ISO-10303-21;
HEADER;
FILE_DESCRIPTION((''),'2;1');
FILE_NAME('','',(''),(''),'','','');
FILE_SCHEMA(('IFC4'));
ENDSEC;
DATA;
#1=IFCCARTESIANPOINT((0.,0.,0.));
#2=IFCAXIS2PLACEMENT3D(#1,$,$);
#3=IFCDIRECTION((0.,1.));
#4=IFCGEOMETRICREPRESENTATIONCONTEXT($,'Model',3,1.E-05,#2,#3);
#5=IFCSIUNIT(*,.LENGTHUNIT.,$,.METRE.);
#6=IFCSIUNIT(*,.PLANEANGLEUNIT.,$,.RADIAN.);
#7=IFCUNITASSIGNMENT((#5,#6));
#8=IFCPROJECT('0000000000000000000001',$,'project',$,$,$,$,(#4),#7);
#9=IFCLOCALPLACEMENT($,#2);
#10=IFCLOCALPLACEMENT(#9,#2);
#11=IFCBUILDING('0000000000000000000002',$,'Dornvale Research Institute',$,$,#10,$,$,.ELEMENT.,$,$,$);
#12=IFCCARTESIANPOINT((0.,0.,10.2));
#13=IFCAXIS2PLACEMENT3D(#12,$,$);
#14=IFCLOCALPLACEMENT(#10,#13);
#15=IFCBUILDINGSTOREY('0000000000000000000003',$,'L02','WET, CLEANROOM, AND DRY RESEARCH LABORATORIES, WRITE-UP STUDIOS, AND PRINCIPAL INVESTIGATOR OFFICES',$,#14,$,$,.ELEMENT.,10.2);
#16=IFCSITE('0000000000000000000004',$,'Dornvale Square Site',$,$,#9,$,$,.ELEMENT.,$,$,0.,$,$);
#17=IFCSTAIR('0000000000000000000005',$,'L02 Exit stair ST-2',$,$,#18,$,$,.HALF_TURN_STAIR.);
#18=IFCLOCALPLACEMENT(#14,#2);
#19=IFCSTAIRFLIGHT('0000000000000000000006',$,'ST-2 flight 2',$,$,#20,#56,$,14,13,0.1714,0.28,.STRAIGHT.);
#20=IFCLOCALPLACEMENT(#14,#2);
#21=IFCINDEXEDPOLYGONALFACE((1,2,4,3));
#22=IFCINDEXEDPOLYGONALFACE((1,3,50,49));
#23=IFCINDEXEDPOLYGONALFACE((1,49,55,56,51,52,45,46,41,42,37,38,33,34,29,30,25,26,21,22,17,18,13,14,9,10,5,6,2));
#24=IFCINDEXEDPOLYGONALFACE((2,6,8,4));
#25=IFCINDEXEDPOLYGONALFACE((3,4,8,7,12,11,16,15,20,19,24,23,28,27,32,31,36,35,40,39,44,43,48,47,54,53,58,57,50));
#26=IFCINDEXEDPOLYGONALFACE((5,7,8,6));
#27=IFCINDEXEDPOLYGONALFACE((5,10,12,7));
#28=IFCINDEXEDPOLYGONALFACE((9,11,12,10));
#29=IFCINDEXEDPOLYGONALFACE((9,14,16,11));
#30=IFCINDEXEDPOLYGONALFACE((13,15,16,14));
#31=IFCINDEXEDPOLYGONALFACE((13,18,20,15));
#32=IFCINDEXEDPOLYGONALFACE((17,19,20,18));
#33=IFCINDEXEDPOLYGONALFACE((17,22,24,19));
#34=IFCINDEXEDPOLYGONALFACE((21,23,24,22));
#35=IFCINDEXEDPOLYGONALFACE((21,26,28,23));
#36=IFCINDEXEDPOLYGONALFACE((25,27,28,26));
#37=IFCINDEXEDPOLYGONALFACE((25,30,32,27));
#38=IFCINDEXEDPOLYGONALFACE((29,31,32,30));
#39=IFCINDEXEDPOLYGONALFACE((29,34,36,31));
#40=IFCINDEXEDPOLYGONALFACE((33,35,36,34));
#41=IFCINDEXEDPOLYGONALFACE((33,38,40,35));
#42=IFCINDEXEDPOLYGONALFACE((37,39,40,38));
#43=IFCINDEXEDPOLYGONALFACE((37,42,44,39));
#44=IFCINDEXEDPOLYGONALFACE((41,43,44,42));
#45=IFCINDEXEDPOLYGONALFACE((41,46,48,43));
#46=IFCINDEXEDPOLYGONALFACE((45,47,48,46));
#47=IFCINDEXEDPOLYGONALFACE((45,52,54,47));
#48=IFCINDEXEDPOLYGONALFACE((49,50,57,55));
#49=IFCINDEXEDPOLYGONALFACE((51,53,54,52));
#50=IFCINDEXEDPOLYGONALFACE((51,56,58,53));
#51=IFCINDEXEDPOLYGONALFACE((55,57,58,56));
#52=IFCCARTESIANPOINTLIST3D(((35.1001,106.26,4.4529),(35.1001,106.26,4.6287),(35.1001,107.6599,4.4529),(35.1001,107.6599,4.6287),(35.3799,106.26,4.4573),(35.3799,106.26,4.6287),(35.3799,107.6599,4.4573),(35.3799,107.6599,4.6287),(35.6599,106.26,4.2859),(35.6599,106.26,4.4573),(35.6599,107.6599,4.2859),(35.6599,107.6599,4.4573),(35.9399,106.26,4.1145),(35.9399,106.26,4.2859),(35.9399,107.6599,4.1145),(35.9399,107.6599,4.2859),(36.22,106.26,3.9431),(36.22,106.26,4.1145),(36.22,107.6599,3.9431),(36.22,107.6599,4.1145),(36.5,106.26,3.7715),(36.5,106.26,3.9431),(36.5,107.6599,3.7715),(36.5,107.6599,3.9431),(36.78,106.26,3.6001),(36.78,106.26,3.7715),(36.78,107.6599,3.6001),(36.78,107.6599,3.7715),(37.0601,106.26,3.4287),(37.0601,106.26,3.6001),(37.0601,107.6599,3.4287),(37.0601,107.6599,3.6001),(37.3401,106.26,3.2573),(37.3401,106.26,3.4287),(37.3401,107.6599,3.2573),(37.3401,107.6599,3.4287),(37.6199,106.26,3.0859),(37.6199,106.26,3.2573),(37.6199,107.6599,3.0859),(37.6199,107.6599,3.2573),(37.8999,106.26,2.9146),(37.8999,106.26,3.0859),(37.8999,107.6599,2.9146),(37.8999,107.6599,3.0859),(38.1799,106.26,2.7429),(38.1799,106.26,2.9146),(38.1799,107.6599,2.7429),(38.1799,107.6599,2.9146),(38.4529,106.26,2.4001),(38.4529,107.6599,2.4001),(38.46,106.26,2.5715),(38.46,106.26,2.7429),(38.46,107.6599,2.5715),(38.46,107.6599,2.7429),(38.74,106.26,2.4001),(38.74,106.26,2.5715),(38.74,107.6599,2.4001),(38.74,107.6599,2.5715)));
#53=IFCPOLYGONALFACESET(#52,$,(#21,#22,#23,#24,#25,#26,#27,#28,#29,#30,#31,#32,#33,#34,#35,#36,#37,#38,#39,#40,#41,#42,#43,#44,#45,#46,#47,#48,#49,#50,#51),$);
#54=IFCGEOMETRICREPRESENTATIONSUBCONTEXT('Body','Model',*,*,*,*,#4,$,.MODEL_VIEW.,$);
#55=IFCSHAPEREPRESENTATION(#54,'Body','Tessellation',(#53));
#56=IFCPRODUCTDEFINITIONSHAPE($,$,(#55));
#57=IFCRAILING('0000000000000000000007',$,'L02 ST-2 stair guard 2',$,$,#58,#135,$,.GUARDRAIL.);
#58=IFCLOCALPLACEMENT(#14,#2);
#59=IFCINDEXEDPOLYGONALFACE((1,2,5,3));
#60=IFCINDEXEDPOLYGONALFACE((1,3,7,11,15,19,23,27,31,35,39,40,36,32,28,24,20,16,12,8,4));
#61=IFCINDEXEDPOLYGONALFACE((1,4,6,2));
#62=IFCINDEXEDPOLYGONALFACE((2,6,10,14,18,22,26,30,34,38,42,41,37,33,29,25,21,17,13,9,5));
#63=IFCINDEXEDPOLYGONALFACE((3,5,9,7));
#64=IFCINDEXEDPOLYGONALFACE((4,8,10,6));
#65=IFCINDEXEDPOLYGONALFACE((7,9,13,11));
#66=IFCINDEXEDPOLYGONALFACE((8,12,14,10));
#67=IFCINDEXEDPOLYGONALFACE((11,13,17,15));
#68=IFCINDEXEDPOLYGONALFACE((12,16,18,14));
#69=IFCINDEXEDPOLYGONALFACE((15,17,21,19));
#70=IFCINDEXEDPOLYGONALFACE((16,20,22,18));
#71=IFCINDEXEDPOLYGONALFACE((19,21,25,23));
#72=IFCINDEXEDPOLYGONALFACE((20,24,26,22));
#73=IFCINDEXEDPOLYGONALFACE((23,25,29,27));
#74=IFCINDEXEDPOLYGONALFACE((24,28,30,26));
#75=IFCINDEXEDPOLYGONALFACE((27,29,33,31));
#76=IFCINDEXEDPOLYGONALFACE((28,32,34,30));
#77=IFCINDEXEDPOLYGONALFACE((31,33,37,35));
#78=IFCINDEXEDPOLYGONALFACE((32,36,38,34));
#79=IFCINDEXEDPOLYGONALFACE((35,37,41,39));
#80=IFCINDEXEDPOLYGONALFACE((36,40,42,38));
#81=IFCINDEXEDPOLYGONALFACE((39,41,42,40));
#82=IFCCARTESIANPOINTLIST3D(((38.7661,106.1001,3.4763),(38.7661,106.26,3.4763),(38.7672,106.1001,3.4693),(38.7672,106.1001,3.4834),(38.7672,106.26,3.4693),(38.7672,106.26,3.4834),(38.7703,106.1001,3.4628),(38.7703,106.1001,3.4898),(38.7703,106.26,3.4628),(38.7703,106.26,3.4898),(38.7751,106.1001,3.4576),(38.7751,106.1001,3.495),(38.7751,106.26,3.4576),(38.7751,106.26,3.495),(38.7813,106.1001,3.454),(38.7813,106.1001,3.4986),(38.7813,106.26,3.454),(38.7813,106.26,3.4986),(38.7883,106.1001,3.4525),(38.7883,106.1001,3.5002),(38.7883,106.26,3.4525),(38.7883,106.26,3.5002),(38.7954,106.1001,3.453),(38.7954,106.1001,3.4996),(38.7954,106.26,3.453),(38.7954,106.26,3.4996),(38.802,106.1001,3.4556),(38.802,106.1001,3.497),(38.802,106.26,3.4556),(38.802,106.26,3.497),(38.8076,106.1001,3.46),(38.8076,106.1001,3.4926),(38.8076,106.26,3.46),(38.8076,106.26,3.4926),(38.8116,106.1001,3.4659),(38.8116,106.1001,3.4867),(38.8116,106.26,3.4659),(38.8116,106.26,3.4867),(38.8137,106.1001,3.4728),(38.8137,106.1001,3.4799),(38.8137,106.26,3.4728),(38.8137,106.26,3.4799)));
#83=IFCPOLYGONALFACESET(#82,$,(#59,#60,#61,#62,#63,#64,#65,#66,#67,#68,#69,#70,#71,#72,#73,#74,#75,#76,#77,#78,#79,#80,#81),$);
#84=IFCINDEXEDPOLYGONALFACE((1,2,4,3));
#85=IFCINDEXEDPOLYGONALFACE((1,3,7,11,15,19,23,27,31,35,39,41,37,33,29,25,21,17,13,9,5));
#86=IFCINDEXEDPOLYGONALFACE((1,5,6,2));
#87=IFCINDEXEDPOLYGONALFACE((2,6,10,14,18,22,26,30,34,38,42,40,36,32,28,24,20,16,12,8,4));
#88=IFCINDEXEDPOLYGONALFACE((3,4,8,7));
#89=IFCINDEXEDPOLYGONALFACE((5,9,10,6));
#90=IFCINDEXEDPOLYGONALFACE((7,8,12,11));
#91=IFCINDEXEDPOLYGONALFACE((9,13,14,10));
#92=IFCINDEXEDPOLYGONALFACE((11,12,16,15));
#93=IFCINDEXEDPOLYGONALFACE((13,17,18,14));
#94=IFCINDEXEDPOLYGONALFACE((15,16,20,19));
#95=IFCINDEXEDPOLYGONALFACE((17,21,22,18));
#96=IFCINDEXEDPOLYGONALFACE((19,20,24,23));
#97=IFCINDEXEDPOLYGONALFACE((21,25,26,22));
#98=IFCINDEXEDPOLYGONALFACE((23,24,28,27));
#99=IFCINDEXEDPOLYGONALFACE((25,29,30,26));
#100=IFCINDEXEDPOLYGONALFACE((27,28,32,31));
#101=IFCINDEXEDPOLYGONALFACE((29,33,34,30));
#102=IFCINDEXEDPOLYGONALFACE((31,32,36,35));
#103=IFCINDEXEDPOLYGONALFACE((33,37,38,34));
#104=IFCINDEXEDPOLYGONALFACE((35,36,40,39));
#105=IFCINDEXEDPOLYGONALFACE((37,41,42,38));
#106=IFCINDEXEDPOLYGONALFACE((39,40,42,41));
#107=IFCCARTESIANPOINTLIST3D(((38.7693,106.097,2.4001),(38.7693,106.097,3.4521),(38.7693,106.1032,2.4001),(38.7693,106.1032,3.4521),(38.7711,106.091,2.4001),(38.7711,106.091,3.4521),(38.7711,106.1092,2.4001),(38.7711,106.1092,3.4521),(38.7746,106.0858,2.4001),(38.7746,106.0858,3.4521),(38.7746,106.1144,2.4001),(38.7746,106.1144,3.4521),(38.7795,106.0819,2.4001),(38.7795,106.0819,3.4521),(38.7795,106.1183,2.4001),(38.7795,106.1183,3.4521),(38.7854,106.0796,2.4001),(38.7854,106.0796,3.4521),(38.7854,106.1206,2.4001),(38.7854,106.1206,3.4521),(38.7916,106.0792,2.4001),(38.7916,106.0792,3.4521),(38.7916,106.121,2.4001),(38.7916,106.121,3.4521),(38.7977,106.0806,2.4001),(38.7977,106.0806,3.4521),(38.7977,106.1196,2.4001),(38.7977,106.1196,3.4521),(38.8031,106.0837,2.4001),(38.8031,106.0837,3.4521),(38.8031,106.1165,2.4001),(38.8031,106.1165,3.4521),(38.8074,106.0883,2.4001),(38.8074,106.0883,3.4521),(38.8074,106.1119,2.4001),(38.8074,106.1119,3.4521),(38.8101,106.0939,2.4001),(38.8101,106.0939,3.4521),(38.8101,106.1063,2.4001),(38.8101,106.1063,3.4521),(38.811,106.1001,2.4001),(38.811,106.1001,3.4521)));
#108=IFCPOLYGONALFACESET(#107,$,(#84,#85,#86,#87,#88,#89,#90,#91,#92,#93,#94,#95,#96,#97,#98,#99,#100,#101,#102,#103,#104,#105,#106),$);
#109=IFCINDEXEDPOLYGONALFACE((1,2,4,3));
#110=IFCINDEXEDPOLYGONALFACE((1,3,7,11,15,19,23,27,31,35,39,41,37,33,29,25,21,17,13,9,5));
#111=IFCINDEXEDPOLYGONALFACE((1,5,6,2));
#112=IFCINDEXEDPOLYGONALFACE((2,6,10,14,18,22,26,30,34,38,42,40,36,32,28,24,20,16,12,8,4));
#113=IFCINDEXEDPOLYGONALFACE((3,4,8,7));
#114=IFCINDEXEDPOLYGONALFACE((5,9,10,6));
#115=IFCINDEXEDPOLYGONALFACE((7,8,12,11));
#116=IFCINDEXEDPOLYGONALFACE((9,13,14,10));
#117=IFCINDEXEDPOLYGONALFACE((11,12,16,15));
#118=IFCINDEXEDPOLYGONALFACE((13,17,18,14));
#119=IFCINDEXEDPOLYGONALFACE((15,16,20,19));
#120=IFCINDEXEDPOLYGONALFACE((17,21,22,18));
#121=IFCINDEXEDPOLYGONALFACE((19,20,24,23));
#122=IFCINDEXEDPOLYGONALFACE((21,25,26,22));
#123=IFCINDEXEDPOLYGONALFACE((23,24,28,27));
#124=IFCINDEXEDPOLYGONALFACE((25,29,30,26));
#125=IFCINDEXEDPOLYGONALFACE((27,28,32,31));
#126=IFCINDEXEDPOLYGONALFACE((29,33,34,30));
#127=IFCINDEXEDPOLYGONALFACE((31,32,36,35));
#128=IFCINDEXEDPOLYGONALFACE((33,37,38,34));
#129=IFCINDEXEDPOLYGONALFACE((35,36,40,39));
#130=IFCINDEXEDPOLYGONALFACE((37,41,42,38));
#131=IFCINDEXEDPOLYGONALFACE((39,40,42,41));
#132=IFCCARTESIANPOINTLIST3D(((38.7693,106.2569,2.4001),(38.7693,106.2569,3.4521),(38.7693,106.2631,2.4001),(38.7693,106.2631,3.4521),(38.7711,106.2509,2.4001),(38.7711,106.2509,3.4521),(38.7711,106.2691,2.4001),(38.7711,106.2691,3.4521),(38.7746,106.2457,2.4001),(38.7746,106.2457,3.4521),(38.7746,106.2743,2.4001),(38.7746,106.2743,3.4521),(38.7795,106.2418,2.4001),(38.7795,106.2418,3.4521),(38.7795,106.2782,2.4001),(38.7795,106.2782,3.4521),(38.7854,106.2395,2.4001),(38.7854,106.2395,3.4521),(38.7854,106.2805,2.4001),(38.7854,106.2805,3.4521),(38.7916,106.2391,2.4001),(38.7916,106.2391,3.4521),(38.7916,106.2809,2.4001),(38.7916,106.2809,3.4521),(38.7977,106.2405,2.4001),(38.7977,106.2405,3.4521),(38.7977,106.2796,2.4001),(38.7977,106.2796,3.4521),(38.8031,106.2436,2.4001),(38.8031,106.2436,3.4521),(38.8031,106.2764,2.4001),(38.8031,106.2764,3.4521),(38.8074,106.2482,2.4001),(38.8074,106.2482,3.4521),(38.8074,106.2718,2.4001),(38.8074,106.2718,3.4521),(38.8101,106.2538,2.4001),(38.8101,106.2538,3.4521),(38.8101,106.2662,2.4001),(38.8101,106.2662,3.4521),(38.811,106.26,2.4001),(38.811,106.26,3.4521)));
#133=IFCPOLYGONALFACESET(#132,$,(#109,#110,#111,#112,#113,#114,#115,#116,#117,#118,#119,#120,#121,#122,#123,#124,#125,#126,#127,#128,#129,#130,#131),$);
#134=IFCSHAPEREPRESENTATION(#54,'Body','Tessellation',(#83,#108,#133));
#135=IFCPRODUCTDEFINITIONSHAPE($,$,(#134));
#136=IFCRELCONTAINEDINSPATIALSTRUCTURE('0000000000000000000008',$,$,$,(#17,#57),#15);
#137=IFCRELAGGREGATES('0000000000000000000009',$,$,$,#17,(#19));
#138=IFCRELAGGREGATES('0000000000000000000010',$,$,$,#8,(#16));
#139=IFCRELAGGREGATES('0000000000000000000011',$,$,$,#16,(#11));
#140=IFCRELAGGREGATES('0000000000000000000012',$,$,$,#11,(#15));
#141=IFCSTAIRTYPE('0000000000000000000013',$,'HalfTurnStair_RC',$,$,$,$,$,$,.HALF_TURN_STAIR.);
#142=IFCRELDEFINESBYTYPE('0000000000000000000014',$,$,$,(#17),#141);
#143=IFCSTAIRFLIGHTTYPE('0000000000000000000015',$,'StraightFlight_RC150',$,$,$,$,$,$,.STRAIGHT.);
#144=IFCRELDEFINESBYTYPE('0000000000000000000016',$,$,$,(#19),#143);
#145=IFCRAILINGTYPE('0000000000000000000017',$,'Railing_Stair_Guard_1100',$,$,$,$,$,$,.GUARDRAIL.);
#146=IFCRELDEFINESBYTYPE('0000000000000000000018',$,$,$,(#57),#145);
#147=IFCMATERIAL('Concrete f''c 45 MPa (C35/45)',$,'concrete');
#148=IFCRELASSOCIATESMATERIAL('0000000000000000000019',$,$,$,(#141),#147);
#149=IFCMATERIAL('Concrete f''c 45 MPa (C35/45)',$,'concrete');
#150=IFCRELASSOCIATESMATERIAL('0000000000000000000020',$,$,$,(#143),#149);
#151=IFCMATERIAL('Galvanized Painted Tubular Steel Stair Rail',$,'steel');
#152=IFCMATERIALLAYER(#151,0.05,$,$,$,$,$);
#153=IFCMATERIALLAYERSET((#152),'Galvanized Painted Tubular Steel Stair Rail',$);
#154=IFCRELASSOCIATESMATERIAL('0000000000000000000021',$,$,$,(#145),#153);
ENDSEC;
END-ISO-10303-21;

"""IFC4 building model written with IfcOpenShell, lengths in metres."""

from ifc_helpers import new_model, si_unit, direction, frame, origin, origin_2d, place, context, subcontext, project, spatial, polyline, circle, outline, extrude, material, layer, layer_set, type_object, element, aggregate, save


model = new_model("IFC4")

# Units and contexts
model_context = context("Model", 3, precision=1e-05, world=origin(), true_north=direction((0.0, 1.0)))
body_context = subcontext(model_context, "Body", "Model", "MODEL_VIEW")
ifc_project = project(units=[si_unit("LENGTHUNIT", "METRE"), si_unit("PLANEANGLEUNIT", "RADIAN")], contexts=[model_context])

# Site, building, storey
site_placement = place(None, origin())
site = spatial("IfcSite", under=ifc_project, at=site_placement, Name="Dornvale Square Site", CompositionType="ELEMENT", RefElevation=0.0)
building_placement = place(site_placement, origin())
building = spatial("IfcBuilding", under=site, at=building_placement, Name="Dornvale Research Institute", CompositionType="ELEMENT")
storey_placement = place(building_placement, frame((0.0, 0.0, 10.2)))
storey = spatial("IfcBuildingStorey", under=building, at=storey_placement, Name="L02", Description="WET, CLEANROOM, AND DRY RESEARCH LABORATORIES, WRITE-UP STUDIOS, AND PRINCIPAL INVESTIGATOR OFFICES", CompositionType="ELEMENT", Elevation=10.2)

# Stair, stair flight
ifc_material_1 = material(Name="Concrete f'c 45 MPa (C35/45)", Category="concrete")
stair_type = type_object("IfcStairType", Name="HalfTurnStair_RC", PredefinedType="HALF_TURN_STAIR", material=ifc_material_1)
stair_placement = place(storey_placement, origin())
stair = element("IfcStair", 1, at=stair_placement, inside=storey, type_object=stair_type, Name="L02 Exit stair ST-2", PredefinedType="HALF_TURN_STAIR")
ifc_material_2 = material(Name="Concrete f'c 45 MPa (C35/45)", Category="concrete")
stair_flight_type = type_object("IfcStairFlightType", Name="StraightFlight_RC150", PredefinedType="STRAIGHT", material=ifc_material_2)
stair_flight_placement = place(storey_placement, frame((38.74, 106.96, 2.4001), z_axis=(0.0, 0.0, 1.0), x_axis=(-1.0, 0.0, 0.0)))
stair_flight = element("IfcStairFlight", 2, at=stair_flight_placement, type_object=stair_flight_type, Name="ST-2 flight 2", NumberOfRisers=14, NumberOfTreads=13, PredefinedType="STRAIGHT", RiserHeight=0.1714, TreadLength=0.28, context=body_context, shape_type="SweptSolid", body=[
    extrude(outline(polyline([(0.0, 0.0), (0.0, 0.1714), (0.28, 0.1714), (0.28, 0.3428), (0.5601, 0.3428), (0.5601, 0.5144), (0.8401, 0.5144), (0.8401, 0.6858), (1.1201, 0.6858), (1.1201, 0.8572), (1.3999, 0.8572), (1.3999, 1.0286), (1.6799, 1.0286), (1.6799, 1.2), (1.96, 1.2), (1.96, 1.3713), (2.24, 1.3713), (2.24, 1.543), (2.52, 1.543), (2.52, 1.7144), (2.8, 1.7144), (2.8, 1.8857), (3.0801, 1.8857), (3.0801, 2.0571), (3.3601, 2.0571), (3.3601, 2.2285), (3.6399, 2.2285), (3.6399, 2.3999), (3.6399, 2.0527), (0.2871, 0.0), (0.0, 0.0)])), frame((0.0, 0.7, 0.0), z_axis=(0.0, -1.0, 0.0), x_axis=(1.0, 0.0, 0.0)), (0.0, 0.0, 1.0), 1.3999),
])
aggregate(stair, [stair_flight])

# Railing
ifc_material_3 = material(Name="Galvanized Painted Tubular Steel Stair Rail", Category="steel")
ifc_layer_1 = layer(ifc_material_3, 0.05)
ifc_layer_set_1 = layer_set([ifc_layer_1], Name="Galvanized Painted Tubular Steel Stair Rail")
railing_type_1 = type_object("IfcRailingType", Name="Railing_Stair_Guard_1100", PredefinedType="GUARDRAIL", material=ifc_layer_set_1)
railing_1_placement = place(storey_placement, frame((38.79, 106.1001, 2.4001)))
element("IfcRailing", 3, at=railing_1_placement, inside=storey, type_object=railing_type_1, Name="L02 ST-2 stair guard 2", PredefinedType="GUARDRAIL", context=body_context, shape_type="SweptSolid", body=[
    extrude(circle(Radius=0.0239, at=origin_2d()), frame((0.0, 0.0, 1.0762), z_axis=(0.0, 1.0, 0.0), x_axis=(-1.0, 0.0, 0.0)), (0.0, 0.0, 1.0), 0.1599),
    extrude(circle(Radius=0.021, at=origin_2d()), origin(), (0.0, 0.0, 1.0), 1.052),
    extrude(circle(Radius=0.021, at=origin_2d()), frame((0.0, 0.1599, 0.0)), (0.0, 0.0, 1.0), 1.052),
])

save(model, "model.ifc")
